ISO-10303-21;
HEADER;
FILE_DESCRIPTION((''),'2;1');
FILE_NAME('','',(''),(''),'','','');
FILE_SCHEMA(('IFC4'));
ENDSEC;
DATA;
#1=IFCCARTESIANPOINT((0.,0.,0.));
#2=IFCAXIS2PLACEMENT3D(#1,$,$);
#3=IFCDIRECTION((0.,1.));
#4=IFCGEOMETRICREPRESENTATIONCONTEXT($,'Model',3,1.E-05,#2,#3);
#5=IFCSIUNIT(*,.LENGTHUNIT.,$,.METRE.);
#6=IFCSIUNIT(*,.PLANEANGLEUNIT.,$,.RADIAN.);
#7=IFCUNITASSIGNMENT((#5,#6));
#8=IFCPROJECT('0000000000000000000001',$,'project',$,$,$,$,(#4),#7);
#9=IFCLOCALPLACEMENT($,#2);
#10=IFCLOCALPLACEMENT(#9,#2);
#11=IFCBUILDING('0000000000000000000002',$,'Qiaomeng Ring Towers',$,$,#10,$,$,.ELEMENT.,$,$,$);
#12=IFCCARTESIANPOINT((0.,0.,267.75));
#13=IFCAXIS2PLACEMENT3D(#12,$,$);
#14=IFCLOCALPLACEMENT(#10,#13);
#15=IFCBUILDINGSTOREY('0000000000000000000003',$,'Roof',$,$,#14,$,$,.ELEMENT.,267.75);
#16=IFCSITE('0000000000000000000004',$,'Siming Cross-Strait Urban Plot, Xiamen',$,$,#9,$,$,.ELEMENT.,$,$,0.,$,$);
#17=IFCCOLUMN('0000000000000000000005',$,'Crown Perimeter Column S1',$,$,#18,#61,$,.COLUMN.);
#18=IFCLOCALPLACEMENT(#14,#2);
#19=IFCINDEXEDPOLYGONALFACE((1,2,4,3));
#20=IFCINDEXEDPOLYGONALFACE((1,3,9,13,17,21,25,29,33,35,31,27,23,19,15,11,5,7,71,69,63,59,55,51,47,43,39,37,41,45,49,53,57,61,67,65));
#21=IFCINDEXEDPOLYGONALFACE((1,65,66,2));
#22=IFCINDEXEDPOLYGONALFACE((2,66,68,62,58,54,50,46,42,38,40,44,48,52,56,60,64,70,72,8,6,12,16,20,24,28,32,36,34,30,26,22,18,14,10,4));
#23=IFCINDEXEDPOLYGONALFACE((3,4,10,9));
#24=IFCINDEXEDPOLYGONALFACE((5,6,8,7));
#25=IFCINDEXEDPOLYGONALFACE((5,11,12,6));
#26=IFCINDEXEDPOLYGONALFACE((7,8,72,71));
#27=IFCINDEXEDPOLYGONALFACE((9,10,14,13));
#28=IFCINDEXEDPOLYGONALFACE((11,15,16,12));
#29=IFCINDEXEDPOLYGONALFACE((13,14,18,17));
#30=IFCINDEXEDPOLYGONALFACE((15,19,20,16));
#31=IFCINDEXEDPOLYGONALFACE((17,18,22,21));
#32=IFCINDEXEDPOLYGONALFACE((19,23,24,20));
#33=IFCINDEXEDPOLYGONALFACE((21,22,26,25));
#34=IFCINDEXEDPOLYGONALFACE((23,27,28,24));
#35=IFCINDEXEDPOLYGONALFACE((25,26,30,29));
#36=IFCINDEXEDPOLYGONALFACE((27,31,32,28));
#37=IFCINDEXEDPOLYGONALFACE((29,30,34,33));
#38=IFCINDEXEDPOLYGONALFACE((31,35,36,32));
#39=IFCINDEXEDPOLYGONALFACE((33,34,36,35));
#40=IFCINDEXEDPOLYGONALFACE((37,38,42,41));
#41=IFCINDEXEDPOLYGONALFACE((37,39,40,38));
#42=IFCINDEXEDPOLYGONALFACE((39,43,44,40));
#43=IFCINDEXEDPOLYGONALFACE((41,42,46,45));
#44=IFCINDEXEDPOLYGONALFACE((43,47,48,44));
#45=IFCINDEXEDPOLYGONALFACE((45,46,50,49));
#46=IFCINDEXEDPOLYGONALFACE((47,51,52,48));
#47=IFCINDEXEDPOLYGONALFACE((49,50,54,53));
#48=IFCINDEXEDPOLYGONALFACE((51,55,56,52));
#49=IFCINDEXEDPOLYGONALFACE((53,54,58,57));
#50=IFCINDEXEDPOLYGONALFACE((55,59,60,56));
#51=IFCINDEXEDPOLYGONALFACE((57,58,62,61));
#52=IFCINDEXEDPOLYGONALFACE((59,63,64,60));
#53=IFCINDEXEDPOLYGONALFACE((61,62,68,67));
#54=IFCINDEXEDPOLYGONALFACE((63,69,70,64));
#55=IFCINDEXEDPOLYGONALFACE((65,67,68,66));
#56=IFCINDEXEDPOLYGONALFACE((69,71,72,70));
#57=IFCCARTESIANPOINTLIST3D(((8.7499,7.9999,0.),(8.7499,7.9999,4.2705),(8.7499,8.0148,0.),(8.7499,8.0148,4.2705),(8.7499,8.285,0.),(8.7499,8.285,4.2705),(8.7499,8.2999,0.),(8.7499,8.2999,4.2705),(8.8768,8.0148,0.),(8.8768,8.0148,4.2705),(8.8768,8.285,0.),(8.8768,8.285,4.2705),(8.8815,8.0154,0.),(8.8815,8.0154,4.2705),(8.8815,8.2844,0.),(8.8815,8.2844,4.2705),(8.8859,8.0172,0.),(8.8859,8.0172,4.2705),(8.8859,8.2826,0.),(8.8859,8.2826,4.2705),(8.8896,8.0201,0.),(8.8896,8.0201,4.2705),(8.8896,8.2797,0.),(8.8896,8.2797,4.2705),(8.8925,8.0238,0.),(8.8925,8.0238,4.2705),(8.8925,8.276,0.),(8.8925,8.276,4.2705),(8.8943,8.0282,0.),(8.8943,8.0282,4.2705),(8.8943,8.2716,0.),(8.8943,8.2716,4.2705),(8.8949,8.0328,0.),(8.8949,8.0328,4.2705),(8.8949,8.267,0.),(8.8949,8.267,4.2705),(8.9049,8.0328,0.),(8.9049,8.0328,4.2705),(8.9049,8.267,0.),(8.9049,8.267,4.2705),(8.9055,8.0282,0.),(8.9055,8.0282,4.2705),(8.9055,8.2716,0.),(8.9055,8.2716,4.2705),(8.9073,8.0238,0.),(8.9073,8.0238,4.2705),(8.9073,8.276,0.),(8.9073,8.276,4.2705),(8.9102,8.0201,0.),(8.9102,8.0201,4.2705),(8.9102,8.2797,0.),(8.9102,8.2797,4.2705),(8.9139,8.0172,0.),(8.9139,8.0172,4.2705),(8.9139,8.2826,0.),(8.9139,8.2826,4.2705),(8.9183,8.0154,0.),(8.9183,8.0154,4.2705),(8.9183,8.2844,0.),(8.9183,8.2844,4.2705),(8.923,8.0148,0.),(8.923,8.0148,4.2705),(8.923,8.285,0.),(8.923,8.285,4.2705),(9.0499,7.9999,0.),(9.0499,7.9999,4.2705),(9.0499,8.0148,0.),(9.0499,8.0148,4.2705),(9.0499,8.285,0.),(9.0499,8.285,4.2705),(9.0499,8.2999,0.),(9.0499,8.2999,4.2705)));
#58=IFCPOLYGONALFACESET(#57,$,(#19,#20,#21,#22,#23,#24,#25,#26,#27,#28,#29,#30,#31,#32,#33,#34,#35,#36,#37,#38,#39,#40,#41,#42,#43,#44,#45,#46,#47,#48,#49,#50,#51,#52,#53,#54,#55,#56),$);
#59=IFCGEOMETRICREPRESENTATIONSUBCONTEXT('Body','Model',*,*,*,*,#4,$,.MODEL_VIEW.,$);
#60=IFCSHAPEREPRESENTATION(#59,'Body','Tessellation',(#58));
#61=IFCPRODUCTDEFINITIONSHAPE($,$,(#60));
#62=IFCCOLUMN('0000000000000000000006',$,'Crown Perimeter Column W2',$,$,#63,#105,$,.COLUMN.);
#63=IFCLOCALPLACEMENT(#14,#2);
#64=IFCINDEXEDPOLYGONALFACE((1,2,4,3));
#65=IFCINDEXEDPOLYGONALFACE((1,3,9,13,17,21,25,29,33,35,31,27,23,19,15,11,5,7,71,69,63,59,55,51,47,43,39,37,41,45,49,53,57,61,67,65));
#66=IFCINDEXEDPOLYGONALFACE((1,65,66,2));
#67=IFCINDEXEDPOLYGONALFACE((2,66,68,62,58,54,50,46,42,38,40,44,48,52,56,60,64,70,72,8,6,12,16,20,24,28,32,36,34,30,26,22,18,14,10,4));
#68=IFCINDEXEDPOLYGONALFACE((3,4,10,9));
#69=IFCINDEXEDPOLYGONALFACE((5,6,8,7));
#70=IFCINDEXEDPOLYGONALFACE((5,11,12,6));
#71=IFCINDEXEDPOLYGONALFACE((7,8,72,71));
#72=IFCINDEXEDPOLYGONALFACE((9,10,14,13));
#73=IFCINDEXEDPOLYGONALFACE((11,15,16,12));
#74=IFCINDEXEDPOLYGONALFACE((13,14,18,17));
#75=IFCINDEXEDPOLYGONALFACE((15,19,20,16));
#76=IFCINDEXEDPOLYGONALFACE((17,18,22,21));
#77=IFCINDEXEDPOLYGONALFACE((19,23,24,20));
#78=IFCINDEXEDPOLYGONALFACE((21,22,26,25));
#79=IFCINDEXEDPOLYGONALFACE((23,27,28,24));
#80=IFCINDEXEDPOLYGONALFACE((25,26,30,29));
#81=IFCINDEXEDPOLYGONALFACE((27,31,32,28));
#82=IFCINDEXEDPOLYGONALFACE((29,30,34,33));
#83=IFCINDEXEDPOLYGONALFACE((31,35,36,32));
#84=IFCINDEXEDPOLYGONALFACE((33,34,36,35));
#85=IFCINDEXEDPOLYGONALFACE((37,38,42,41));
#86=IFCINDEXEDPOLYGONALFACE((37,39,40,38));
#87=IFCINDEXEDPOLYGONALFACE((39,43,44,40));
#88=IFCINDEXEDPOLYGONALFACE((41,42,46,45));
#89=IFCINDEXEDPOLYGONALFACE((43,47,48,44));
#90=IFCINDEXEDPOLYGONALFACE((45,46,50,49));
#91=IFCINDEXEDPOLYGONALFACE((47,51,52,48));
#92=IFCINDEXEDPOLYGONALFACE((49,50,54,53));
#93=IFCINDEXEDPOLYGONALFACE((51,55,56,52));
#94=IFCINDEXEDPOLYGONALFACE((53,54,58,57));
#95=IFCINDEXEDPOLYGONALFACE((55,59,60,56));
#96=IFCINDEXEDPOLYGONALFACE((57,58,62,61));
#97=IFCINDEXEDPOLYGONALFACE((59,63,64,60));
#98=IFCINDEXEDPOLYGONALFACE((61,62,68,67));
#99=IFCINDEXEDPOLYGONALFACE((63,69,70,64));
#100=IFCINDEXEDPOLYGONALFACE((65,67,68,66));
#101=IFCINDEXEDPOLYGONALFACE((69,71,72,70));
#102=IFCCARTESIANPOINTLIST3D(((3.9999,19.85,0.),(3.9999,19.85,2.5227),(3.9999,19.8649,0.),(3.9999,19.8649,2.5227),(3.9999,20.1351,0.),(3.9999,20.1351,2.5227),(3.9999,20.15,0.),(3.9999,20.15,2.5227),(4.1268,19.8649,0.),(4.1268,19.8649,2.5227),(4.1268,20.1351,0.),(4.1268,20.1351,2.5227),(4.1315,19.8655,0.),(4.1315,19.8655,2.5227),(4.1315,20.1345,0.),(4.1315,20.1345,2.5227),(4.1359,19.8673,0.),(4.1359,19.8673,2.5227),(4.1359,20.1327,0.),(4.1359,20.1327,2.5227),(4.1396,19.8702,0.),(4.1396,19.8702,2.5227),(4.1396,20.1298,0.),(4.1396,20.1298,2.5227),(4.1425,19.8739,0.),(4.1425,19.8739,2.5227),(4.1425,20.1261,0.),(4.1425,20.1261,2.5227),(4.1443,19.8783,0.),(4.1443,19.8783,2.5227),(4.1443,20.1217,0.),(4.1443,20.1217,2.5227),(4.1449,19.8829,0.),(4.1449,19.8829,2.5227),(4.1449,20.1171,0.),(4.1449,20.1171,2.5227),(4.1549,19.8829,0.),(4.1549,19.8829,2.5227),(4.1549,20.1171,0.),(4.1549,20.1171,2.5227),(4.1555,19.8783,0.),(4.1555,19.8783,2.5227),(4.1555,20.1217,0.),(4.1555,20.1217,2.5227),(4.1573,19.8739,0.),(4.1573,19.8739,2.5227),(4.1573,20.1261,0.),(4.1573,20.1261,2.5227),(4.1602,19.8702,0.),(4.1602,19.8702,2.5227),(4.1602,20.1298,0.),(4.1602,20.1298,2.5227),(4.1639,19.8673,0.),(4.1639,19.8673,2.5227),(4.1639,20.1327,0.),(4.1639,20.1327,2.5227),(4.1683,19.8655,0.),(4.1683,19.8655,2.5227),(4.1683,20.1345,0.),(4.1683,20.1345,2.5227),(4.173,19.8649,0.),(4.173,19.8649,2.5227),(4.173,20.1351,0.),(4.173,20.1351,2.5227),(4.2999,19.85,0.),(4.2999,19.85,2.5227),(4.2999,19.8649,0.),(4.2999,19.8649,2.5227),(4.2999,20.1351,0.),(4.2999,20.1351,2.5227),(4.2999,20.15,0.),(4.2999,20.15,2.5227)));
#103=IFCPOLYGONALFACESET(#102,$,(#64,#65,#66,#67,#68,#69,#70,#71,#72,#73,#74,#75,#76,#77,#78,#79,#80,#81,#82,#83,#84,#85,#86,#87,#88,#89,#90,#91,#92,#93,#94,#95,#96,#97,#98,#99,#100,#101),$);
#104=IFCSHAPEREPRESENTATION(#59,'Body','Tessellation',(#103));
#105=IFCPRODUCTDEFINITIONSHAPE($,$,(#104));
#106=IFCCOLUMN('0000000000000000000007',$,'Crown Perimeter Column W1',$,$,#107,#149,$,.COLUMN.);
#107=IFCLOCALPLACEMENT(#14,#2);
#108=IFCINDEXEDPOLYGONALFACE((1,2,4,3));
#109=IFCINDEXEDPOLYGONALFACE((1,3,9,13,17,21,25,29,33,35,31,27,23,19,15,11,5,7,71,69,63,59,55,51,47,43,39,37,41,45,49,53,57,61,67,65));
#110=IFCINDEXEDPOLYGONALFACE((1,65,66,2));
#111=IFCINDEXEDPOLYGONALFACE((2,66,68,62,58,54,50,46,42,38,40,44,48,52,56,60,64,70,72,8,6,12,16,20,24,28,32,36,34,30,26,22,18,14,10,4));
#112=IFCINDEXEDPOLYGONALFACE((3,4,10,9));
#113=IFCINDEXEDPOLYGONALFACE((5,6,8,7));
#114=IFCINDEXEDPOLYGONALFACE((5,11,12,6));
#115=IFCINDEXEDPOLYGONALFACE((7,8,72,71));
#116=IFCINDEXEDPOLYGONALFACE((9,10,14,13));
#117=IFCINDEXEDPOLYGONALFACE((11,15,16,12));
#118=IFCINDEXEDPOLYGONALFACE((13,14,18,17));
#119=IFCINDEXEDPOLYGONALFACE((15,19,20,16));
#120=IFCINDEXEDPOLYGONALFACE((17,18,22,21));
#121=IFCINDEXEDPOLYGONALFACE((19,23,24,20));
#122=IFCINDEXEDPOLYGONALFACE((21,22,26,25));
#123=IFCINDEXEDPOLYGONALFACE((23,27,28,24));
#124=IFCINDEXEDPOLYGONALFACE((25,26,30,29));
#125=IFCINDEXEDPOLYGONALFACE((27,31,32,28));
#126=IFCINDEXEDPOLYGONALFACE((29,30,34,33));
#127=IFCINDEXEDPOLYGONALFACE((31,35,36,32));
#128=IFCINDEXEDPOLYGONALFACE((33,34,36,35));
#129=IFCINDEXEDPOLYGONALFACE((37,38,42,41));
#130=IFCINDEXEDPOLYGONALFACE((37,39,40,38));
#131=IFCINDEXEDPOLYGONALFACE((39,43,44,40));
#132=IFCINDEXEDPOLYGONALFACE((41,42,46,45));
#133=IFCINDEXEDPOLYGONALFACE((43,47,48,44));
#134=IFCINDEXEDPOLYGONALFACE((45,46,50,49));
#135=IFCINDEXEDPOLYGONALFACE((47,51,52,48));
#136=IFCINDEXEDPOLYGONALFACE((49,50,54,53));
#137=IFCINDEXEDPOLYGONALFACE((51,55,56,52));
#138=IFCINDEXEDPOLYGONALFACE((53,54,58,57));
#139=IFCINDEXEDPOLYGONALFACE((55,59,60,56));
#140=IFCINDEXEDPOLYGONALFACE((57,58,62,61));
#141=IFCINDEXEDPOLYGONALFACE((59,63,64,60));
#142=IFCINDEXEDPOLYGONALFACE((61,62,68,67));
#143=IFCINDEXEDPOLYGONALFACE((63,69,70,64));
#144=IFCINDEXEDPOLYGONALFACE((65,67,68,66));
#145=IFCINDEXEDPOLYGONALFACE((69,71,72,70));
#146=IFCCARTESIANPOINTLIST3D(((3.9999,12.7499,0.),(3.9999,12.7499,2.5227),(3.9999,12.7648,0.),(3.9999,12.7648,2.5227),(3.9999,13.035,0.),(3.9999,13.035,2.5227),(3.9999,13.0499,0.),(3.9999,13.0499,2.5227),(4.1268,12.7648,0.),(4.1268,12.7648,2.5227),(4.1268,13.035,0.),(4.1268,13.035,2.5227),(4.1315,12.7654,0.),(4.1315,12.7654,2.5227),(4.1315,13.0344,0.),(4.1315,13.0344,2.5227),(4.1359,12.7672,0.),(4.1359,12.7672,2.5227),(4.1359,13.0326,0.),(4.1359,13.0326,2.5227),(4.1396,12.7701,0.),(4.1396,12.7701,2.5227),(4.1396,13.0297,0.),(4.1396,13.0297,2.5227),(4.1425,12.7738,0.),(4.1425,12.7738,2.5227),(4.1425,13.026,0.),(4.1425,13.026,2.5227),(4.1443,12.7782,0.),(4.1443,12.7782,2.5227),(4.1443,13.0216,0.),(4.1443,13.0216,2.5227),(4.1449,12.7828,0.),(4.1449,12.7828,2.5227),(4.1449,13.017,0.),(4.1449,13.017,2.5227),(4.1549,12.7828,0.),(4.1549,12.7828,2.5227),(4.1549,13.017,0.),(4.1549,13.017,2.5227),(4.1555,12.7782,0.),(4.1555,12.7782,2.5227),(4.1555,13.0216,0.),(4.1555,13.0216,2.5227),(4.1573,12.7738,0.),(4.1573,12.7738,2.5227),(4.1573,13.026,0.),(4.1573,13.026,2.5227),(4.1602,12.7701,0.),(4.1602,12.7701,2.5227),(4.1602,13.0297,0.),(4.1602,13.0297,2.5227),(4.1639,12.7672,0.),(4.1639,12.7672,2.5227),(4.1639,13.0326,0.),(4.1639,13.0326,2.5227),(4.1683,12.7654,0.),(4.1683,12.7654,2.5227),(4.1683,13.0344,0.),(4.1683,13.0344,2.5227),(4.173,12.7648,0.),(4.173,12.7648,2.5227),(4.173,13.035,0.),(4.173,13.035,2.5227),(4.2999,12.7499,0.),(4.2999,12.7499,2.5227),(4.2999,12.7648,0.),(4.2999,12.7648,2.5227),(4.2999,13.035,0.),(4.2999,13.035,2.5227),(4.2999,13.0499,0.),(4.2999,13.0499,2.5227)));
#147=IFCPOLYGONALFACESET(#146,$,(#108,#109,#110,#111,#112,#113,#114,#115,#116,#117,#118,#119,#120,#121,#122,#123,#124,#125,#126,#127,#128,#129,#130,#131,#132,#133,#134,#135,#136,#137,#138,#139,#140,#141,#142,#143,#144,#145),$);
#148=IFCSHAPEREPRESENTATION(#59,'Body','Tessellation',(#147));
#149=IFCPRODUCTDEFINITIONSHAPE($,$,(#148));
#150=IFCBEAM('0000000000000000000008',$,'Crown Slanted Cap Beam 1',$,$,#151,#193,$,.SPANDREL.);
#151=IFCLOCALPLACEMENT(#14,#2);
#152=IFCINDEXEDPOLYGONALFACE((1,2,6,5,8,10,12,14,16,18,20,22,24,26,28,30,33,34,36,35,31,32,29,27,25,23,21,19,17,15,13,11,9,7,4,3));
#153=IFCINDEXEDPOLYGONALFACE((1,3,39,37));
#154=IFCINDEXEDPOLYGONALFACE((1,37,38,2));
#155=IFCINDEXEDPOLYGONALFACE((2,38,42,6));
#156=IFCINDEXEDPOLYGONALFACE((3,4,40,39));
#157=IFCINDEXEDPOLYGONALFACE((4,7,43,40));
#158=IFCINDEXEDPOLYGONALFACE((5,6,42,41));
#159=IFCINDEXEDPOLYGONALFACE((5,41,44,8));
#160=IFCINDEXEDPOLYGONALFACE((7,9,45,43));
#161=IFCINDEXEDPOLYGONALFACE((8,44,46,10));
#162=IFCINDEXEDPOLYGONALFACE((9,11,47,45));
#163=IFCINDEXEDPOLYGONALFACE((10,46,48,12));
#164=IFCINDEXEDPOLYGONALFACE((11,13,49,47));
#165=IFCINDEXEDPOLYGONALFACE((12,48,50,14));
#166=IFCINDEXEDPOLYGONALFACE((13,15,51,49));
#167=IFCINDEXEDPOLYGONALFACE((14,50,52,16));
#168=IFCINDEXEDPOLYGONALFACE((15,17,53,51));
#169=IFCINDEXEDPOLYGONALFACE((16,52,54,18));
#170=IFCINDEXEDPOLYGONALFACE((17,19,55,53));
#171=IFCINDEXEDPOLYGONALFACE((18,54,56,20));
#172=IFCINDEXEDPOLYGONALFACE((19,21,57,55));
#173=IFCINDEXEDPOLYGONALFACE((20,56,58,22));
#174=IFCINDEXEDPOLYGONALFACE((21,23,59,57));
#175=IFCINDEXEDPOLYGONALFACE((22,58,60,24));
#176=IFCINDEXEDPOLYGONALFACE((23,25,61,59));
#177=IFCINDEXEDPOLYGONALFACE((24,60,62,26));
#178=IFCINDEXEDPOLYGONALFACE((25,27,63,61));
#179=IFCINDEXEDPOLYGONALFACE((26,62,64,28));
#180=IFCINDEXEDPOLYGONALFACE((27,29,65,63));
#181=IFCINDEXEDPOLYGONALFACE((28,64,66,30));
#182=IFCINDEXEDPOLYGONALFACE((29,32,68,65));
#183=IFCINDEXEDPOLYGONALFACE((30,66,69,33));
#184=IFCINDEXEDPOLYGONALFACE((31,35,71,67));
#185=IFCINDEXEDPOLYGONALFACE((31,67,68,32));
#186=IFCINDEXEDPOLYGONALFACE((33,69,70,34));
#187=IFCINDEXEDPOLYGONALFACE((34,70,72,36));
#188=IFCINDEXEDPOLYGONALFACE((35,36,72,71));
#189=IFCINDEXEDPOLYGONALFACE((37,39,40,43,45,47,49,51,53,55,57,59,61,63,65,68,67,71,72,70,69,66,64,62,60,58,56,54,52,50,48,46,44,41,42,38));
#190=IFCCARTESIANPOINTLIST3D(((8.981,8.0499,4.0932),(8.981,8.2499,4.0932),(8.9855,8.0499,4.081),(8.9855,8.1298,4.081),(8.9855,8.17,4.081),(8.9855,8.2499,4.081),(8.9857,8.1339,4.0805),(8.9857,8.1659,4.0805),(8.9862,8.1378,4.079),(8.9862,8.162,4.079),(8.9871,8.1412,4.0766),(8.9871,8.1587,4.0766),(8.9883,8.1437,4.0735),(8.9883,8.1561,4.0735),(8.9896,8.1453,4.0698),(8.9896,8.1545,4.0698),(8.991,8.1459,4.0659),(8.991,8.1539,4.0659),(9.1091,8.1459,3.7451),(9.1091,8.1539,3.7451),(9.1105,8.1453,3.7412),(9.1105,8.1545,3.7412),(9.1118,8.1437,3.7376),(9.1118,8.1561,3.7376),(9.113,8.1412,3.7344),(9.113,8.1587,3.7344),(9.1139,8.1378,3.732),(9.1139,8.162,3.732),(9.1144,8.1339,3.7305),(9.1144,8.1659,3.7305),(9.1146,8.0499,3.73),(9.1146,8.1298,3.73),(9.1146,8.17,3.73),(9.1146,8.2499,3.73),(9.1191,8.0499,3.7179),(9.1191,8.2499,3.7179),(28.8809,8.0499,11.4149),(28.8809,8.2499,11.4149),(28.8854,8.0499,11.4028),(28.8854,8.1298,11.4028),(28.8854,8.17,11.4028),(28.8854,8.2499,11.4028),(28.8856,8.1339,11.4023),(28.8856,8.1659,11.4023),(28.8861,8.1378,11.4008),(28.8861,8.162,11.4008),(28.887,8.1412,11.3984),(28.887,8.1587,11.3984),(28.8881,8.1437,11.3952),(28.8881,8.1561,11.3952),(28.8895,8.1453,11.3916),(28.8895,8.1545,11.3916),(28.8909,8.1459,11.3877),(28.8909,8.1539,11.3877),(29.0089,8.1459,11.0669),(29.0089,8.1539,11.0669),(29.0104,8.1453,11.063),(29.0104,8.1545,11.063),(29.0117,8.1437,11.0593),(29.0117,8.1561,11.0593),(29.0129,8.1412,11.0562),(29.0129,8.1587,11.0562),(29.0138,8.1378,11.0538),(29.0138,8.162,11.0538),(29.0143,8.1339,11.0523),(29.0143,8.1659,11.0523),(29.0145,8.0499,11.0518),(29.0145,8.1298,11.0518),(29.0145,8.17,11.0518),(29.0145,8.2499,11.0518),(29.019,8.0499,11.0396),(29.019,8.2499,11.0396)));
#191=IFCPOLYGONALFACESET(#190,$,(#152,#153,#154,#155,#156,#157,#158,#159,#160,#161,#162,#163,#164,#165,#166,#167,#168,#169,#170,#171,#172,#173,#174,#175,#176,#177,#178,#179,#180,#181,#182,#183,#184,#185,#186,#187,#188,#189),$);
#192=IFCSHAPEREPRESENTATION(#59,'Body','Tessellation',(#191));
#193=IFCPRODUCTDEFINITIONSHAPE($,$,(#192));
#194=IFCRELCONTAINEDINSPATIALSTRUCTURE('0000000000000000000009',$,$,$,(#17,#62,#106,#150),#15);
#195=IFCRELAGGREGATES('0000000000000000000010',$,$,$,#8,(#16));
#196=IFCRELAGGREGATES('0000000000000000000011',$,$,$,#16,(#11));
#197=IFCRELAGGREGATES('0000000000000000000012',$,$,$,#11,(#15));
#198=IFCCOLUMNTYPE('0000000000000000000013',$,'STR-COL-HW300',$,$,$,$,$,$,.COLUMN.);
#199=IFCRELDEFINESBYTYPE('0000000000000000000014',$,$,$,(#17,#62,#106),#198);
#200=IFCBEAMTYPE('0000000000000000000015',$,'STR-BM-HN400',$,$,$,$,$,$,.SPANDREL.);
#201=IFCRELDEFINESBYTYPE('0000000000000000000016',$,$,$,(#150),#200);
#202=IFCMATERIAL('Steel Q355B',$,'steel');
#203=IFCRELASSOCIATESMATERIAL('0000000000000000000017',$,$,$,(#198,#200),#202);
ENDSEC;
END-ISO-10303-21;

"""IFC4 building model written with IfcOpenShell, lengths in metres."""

from ifc_helpers import new_model, si_unit, direction, frame, origin, origin_2d, place, context, subcontext, project, spatial, i_section, extrude, source, transform, mapped, material, material_profile, profile_set, type_object, element, save


model = new_model("IFC4")

# Units and contexts
model_context = context("Model", 3, precision=1e-05, world=origin(), true_north=direction((0.0, 1.0)))
body_context = subcontext(model_context, "Body", "Model", "MODEL_VIEW")
ifc_project = project(units=[si_unit("LENGTHUNIT", "METRE"), si_unit("PLANEANGLEUNIT", "RADIAN")], contexts=[model_context])

# Site, building, storey
site_placement = place(None, origin())
site = spatial("IfcSite", under=ifc_project, at=site_placement, Name="Siming Cross-Strait Urban Plot, Xiamen", CompositionType="ELEMENT", RefElevation=0.0)
building_placement = place(site_placement, origin())
building = spatial("IfcBuilding", under=site, at=building_placement, Name="Qiaomeng Ring Towers", CompositionType="ELEMENT")
storey_placement = place(building_placement, frame((0.0, 0.0, 267.75)))
storey = spatial("IfcBuildingStorey", under=building, at=storey_placement, Name="Roof", CompositionType="ELEMENT", Elevation=267.75)

# Columns
ifc_material_1 = material(Name="Steel Q355B", Category="steel")
ifc_material_profile_1 = material_profile(ifc_material_1, i_section(OverallWidth=0.3, OverallDepth=0.3, WebThickness=0.01, FlangeThickness=0.0149, FilletRadius=0.0181, at=origin_2d()), Name="HW 300x300x10x15")
ifc_profile_set_1 = profile_set([ifc_material_profile_1], Name="Steel Q355B")
column_type = type_object("IfcColumnType", Name="STR-COL-HW300", PredefinedType="COLUMN", material=ifc_profile_set_1)
shared_shape_1 = source(origin(), body_context, "Body", "SweptSolid", [
    extrude(i_section(OverallWidth=0.3, OverallDepth=0.3, WebThickness=0.01, FlangeThickness=0.0149, FilletRadius=0.0181, at=origin_2d()), origin(), (0.0, 0.0, 1.0), 4.2705),
])
column_placement = place(storey_placement, frame((8.8999, 8.1499, 0.0), z_axis=(0.0, 0.0, 1.0), x_axis=(1.0, 0.0, 0.0)))
element("IfcColumn", 1, at=column_placement, inside=storey, type_object=column_type, Name="Crown Perimeter Column S1", PredefinedType="COLUMN", context=body_context, shape_type="MappedRepresentation", body=[
    mapped(shared_shape_1, transform((0.0, 0.0, 0.0), x_axis=(1.0, 0.0, 0.0), y_axis=(0.0, 1.0, 0.0), z_axis=(0.0, 0.0, 1.0), scale=1.0)),
])
shared_shape_2 = source(origin(), body_context, "Body", "SweptSolid", [
    extrude(i_section(OverallWidth=0.3, OverallDepth=0.3, WebThickness=0.01, FlangeThickness=0.0149, FilletRadius=0.0181, at=origin_2d()), origin(), (0.0, 0.0, 1.0), 2.5227),
])
for number, where, z_axis, x_axis, name in (
    (2, (4.1499, 20.0, 0.0), (0.0, 0.0, 1.0), (1.0, 0.0, 0.0), "Crown Perimeter Column W2"),
    (3, (4.1499, 12.8999, 0.0), (0.0, 0.0, 1.0), (1.0, 0.0, 0.0), "Crown Perimeter Column W1"),
):
    element("IfcColumn", number, at=place(storey_placement, frame(where, z_axis=z_axis, x_axis=x_axis)), inside=storey, type_object=column_type, Name=name, PredefinedType="COLUMN", context=body_context, shape_type="MappedRepresentation", body=[
        mapped(shared_shape_2, transform((0.0, 0.0, 0.0), x_axis=(1.0, 0.0, 0.0), y_axis=(0.0, 1.0, 0.0), z_axis=(0.0, 0.0, 1.0), scale=1.0)),
    ])

# Beam
ifc_material_profile_2 = material_profile(ifc_material_1, i_section(OverallWidth=0.2, OverallDepth=0.3999, WebThickness=0.0081, FlangeThickness=0.0129, FilletRadius=0.0161, at=origin_2d()), Name="HN 400x200x8x13")
ifc_profile_set_2 = profile_set([ifc_material_profile_2], Name="Steel Q355B")
beam_type = type_object("IfcBeamType", Name="STR-BM-HN400", PredefinedType="SPANDREL", material=ifc_profile_set_2)
shared_shape_3 = source(origin(), body_context, "Body", "SweptSolid", [
    extrude(i_section(OverallWidth=0.2, OverallDepth=0.3999, WebThickness=0.0081, FlangeThickness=0.0129, FilletRadius=0.0161, at=origin_2d()), origin(), (0.0, 0.0, 1.0), 21.2041),
])
beam_1_placement = place(storey_placement, frame((9.05, 8.1499, 3.9055), z_axis=(0.938492, 0.0, 0.3453), x_axis=(0.0, 1.0, 0.0)))
element("IfcBeam", 4, at=beam_1_placement, inside=storey, type_object=beam_type, Name="Crown Slanted Cap Beam 1", PredefinedType="SPANDREL", context=body_context, shape_type="MappedRepresentation", body=[
    mapped(shared_shape_3, transform((0.0, 0.0, 0.0), x_axis=(1.0, 0.0, 0.0), y_axis=(0.0, 1.0, 0.0), z_axis=(0.0, 0.0, 1.0), scale=1.0)),
])

save(model, "model.ifc")
